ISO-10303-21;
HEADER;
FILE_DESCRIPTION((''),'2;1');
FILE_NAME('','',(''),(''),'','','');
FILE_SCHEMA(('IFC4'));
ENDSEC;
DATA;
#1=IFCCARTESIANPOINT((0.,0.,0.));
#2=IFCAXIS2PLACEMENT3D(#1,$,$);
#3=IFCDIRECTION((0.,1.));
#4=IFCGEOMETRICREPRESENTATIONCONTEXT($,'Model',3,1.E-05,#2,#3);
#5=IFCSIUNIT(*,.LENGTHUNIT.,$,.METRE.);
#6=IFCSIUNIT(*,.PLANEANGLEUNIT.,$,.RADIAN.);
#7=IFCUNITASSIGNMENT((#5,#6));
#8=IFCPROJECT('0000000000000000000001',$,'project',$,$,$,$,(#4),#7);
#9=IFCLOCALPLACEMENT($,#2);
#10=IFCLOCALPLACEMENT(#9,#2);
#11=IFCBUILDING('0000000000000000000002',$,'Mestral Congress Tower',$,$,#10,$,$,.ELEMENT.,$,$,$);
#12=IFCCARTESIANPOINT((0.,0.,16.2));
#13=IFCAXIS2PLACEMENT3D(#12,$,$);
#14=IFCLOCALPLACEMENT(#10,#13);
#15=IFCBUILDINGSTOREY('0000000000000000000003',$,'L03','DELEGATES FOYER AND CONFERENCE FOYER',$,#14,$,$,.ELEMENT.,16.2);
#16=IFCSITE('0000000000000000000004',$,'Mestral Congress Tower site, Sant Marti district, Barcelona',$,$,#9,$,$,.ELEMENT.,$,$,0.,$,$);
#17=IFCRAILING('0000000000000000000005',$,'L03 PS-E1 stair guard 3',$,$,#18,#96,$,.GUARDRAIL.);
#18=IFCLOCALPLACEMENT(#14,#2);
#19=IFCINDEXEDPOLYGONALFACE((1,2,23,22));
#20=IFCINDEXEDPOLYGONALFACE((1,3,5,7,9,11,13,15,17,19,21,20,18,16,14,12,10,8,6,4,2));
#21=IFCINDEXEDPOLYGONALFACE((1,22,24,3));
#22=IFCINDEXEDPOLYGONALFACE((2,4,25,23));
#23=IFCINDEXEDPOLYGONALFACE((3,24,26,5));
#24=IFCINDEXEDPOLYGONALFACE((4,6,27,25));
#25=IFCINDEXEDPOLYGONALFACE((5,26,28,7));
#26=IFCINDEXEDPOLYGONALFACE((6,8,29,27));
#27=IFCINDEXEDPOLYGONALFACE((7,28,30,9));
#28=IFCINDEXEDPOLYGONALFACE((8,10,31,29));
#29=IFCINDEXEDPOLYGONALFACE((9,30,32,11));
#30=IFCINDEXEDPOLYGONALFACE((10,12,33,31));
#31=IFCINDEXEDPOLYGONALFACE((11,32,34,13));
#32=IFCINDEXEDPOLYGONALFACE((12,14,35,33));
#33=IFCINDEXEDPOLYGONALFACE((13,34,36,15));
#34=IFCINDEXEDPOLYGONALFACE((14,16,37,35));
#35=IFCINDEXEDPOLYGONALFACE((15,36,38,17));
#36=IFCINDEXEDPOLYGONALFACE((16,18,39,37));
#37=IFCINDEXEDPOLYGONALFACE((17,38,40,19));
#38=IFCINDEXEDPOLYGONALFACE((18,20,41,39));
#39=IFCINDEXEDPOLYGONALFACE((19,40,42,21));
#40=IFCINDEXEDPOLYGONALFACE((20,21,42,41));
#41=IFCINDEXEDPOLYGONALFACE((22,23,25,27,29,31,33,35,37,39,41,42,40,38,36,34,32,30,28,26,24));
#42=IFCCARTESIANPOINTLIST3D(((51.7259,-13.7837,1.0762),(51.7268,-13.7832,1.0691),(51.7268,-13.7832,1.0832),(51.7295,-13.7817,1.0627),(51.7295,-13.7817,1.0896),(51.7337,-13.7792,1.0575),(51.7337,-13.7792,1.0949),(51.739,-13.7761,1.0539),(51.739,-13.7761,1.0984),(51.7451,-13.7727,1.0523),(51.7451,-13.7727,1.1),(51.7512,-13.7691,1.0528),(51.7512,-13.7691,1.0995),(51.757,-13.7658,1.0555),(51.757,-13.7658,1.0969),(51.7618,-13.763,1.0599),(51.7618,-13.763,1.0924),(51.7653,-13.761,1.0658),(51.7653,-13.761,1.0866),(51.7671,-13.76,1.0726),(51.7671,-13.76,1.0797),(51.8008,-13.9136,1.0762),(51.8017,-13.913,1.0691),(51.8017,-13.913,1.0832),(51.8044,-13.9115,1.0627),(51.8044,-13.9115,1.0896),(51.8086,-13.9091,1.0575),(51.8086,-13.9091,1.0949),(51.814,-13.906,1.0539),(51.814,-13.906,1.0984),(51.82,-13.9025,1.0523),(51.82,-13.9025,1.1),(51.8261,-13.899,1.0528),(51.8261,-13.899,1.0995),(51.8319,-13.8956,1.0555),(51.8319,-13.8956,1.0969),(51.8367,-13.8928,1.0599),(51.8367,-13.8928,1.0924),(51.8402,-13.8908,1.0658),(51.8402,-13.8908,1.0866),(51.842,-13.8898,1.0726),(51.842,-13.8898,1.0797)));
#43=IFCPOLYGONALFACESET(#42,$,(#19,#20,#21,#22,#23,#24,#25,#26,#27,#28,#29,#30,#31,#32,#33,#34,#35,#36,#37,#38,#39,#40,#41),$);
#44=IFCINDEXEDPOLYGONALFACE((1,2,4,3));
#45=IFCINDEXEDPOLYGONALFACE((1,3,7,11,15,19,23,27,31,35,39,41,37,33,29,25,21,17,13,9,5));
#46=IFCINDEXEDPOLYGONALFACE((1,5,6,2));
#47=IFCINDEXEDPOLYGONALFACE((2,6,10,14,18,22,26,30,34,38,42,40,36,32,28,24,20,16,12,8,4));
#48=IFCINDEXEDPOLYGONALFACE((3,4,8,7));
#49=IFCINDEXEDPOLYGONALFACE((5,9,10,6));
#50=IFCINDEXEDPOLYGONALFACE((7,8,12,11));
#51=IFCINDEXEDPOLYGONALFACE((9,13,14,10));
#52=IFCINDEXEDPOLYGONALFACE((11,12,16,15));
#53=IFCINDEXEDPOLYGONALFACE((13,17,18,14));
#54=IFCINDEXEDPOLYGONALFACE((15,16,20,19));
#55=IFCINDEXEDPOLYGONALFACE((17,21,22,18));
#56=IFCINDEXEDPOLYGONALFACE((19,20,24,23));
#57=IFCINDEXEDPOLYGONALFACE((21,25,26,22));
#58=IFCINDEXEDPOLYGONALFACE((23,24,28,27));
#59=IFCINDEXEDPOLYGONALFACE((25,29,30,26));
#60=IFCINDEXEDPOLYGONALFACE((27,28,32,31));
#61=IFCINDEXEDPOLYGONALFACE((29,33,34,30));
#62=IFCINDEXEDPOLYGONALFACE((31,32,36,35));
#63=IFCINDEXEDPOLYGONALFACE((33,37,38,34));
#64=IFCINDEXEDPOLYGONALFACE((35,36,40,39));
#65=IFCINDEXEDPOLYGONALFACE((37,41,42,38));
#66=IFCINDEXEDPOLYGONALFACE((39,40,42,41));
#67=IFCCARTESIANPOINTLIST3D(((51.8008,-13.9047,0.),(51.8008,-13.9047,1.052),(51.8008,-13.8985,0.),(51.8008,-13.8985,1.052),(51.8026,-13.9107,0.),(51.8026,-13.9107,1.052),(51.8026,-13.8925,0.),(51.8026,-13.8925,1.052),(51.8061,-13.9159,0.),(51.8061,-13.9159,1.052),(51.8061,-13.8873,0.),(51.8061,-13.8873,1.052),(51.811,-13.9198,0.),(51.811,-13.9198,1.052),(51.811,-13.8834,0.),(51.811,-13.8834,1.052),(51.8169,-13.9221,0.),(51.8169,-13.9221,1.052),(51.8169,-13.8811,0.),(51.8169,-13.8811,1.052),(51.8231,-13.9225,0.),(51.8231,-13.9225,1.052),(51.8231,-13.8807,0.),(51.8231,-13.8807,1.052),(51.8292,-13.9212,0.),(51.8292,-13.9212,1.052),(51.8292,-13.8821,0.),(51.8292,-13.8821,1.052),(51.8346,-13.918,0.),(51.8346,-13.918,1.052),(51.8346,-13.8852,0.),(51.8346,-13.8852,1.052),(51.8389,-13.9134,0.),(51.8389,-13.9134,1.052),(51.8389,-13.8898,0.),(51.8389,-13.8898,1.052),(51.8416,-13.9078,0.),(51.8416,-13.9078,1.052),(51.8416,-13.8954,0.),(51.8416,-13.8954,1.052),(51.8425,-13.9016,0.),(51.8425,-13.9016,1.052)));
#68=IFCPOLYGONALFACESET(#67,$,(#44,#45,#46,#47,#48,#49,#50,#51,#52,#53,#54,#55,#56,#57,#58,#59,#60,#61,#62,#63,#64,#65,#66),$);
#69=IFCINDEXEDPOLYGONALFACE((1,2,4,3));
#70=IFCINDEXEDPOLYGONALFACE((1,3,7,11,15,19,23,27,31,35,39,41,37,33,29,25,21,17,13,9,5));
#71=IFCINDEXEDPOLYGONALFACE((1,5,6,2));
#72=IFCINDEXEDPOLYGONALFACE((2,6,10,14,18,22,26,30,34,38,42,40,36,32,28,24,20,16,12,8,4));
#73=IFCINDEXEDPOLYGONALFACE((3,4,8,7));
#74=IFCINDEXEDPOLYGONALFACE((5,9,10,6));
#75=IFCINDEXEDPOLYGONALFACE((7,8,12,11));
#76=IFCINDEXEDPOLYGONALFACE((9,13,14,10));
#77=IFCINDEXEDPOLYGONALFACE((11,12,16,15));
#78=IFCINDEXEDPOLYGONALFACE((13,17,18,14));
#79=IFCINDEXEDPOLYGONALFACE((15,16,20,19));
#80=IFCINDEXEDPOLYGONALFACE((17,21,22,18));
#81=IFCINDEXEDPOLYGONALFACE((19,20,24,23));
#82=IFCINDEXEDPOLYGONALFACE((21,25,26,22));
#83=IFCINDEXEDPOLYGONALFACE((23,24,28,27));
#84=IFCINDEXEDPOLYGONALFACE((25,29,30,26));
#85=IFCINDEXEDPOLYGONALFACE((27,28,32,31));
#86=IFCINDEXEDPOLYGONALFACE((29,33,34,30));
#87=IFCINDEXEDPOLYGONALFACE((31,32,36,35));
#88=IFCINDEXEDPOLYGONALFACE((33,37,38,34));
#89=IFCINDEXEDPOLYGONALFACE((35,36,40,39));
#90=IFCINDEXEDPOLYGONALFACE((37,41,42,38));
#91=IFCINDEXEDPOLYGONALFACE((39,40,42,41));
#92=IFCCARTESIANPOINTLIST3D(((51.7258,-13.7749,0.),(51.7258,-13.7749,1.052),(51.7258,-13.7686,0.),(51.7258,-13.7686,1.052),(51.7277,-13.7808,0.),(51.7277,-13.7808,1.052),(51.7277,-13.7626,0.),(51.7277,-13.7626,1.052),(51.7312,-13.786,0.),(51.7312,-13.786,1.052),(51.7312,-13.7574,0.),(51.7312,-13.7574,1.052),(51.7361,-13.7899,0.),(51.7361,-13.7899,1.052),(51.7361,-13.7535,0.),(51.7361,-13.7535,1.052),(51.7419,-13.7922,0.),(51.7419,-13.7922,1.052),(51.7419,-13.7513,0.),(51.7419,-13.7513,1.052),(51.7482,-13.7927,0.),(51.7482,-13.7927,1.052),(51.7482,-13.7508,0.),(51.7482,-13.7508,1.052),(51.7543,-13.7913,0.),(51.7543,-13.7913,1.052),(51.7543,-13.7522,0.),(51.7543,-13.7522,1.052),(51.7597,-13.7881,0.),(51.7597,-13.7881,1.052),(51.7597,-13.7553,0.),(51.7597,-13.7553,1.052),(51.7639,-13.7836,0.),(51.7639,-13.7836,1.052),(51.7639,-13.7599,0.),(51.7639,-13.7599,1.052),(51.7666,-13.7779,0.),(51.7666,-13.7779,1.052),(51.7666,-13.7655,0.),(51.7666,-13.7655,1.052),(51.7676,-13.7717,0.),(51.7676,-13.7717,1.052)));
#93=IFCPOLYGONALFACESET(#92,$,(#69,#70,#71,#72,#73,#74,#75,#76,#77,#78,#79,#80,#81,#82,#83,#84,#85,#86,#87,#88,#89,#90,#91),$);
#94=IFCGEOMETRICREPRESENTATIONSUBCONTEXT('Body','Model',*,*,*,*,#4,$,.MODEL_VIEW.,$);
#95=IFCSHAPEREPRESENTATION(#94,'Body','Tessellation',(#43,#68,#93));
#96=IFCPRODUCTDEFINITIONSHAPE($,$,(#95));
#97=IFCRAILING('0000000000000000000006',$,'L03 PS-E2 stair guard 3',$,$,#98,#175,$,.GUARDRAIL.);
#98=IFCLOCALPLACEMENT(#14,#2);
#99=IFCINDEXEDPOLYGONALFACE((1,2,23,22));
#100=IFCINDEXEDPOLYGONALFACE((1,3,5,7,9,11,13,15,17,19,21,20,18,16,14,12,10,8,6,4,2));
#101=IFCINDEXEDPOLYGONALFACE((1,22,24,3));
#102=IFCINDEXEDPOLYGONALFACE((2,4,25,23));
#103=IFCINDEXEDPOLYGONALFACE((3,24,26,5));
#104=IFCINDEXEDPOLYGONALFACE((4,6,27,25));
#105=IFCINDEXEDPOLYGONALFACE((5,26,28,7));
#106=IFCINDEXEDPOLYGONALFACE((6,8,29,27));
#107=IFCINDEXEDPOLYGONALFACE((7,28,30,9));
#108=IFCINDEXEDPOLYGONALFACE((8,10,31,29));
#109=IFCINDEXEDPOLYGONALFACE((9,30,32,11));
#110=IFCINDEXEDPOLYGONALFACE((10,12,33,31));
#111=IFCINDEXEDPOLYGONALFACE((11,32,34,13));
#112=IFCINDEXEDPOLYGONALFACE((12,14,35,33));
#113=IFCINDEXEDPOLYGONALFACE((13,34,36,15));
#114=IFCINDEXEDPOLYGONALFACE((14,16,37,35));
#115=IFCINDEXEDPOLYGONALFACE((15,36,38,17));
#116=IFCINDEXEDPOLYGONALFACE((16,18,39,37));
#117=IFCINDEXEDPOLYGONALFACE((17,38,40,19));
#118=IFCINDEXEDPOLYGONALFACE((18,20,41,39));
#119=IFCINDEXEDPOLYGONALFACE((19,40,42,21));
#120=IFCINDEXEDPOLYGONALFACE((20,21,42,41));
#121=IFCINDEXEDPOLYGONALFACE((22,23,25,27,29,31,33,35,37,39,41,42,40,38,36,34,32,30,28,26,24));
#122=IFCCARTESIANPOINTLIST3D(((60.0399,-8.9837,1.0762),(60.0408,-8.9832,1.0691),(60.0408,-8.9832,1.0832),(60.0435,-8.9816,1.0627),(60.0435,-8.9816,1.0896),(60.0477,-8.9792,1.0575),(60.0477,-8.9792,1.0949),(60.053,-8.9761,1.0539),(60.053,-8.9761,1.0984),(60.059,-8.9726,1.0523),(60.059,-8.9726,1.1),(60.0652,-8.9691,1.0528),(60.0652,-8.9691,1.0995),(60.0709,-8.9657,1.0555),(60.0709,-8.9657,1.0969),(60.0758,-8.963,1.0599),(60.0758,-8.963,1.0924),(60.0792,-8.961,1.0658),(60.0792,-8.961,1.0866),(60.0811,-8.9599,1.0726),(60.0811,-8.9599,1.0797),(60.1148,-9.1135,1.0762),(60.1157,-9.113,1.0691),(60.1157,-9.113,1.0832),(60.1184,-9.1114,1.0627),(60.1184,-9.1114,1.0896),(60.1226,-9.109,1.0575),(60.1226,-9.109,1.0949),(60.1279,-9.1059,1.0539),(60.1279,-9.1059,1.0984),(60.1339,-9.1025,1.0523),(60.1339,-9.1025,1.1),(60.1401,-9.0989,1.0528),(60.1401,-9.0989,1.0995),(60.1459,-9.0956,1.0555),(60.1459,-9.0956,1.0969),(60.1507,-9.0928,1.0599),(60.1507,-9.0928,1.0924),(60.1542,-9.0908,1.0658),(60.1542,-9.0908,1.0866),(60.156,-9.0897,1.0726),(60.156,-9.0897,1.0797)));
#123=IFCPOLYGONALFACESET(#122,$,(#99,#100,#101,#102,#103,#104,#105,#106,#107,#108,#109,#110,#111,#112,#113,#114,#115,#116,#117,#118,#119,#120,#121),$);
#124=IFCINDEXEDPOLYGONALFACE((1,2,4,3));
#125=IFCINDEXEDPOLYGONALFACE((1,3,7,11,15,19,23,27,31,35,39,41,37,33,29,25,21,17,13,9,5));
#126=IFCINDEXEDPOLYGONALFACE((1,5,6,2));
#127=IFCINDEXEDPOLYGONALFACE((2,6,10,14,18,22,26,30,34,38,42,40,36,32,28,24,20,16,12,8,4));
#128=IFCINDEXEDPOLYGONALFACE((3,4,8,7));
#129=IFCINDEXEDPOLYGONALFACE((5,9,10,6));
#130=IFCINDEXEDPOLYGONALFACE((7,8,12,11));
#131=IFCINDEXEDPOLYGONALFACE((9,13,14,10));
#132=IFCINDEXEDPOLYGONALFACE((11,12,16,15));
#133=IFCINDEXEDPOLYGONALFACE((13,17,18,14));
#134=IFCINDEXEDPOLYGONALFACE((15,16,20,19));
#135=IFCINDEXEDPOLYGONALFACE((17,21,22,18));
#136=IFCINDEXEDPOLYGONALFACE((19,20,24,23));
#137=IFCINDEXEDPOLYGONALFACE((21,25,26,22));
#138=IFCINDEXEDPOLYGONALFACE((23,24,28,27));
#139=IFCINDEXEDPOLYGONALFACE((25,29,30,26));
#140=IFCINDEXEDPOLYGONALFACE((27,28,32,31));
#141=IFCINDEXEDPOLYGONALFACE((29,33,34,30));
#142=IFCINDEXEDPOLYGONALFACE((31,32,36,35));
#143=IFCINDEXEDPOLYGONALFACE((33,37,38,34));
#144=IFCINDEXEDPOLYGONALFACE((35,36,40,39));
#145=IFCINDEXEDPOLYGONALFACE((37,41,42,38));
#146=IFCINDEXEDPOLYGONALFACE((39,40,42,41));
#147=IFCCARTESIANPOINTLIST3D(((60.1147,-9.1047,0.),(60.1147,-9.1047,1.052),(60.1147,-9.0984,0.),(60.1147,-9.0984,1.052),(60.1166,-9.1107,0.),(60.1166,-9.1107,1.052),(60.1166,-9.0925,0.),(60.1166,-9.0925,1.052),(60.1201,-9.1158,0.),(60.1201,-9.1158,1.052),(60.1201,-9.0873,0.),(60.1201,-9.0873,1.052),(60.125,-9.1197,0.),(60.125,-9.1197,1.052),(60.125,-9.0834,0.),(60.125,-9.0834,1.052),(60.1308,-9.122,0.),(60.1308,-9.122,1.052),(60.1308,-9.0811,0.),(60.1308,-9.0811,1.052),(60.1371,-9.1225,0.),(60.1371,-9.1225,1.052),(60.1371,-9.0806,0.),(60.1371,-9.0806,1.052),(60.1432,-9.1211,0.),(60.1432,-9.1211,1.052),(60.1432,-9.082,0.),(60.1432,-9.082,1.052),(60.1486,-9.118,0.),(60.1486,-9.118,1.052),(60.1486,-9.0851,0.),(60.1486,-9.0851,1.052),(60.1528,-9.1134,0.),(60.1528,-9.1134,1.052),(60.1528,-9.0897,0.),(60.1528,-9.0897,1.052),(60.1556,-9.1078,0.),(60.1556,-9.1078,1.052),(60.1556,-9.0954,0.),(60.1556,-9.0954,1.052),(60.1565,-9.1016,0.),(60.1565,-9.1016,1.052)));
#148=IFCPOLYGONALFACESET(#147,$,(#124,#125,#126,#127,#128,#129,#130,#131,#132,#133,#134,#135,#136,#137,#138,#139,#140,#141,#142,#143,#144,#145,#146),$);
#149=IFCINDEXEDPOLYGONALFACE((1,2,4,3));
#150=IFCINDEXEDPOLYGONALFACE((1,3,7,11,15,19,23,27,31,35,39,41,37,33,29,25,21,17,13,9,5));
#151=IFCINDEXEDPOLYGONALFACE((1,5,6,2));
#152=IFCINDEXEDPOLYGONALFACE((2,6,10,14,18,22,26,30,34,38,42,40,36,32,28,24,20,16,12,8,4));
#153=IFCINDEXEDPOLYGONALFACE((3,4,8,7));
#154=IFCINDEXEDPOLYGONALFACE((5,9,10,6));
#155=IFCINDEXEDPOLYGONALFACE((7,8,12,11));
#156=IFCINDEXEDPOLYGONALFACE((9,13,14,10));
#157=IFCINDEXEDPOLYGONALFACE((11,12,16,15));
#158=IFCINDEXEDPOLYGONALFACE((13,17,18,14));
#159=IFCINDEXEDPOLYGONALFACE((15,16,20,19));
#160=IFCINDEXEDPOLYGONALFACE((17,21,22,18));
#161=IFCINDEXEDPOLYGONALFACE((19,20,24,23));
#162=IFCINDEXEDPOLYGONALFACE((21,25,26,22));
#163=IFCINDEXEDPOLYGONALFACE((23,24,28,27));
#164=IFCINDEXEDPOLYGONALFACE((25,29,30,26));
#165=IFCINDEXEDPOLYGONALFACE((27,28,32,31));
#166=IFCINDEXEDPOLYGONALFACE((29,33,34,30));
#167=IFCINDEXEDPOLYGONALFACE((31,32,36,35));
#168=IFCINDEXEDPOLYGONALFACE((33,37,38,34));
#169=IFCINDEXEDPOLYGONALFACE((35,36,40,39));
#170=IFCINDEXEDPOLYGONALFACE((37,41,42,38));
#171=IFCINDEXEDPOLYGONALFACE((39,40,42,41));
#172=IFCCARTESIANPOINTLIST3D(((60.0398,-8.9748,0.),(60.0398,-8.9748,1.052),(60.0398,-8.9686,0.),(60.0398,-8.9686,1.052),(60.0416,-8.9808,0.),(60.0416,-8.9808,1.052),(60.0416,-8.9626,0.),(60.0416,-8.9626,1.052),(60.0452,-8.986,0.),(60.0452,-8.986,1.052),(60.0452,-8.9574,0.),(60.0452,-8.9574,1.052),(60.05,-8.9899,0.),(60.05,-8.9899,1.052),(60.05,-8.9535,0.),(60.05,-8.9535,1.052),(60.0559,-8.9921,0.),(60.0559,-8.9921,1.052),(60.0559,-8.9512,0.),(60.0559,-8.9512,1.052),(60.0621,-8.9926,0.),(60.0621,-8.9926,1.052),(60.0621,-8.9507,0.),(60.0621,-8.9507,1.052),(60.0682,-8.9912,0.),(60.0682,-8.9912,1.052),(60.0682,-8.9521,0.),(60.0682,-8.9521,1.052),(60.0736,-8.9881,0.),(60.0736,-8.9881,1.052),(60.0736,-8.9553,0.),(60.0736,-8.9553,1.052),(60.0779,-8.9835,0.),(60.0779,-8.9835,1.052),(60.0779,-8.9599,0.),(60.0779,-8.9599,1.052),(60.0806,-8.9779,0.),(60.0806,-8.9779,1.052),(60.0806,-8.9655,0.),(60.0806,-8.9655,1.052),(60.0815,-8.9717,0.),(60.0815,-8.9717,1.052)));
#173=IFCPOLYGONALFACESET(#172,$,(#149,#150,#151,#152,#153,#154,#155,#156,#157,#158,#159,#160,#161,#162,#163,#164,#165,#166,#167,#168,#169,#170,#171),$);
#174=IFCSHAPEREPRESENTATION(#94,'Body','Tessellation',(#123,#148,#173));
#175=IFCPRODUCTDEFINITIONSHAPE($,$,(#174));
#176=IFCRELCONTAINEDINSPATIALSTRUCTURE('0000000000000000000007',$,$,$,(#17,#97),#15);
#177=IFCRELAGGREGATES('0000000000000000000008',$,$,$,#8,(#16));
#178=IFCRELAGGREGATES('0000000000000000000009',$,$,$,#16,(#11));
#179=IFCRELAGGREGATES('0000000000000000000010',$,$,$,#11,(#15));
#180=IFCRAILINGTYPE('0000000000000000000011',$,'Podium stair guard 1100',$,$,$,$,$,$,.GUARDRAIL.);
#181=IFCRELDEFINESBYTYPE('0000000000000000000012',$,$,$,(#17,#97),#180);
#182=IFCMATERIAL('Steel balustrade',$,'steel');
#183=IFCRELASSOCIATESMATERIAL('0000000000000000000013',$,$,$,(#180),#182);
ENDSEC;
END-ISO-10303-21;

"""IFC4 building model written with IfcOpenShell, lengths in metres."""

from ifc_helpers import new_model, si_unit, direction, frame, origin, origin_2d, place, context, subcontext, project, spatial, circle, extrude, material, type_object, element, save


model = new_model("IFC4")

# Units and contexts
model_context = context("Model", 3, precision=1e-05, world=origin(), true_north=direction((0.0, 1.0)))
body_context = subcontext(model_context, "Body", "Model", "MODEL_VIEW")
ifc_project = project(units=[si_unit("LENGTHUNIT", "METRE"), si_unit("PLANEANGLEUNIT", "RADIAN")], contexts=[model_context])

# Site, building, storey
site_placement = place(None, origin())
site = spatial("IfcSite", under=ifc_project, at=site_placement, Name="Mestral Congress Tower site, Sant Marti district, Barcelona", CompositionType="ELEMENT", RefElevation=0.0)
building_placement = place(site_placement, origin())
building = spatial("IfcBuilding", under=site, at=building_placement, Name="Mestral Congress Tower", CompositionType="ELEMENT")
storey_placement = place(building_placement, frame((0.0, 0.0, 16.2)))
storey = spatial("IfcBuildingStorey", under=building, at=storey_placement, Name="L03", Description="DELEGATES FOYER AND CONFERENCE FOYER", CompositionType="ELEMENT", Elevation=16.2)

# Railings
ifc_material_1 = material(Name="Steel balustrade", Category="steel")
railing_type_1 = type_object("IfcRailingType", Name="Podium stair guard 1100", PredefinedType="GUARDRAIL", material=ifc_material_1)
railing_1_placement = place(storey_placement, frame((51.8215, -13.9016, 0.0)))
element("IfcRailing", 1, at=railing_1_placement, inside=storey, type_object=railing_type_1, Name="L03 PS-E1 stair guard 3", PredefinedType="GUARDRAIL", context=body_context, shape_type="SweptSolid", body=[
    extrude(circle(Radius=0.0239, at=origin_2d()), frame((0.0, 0.0, 1.0762), z_axis=(-0.499816, 0.866131, 0.0), x_axis=(-0.866131, -0.499816, 0.0)), (0.0, 0.0, 1.0), 0.1499),
    extrude(circle(Radius=0.021, at=origin_2d()), origin(), (0.0, 0.0, 1.0), 1.052),
    extrude(circle(Radius=0.021, at=origin_2d()), frame((-0.075, 0.1299, 0.0)), (0.0, 0.0, 1.0), 1.052),
])
railing_2_placement = place(storey_placement, frame((60.1355, -9.1016, 0.0)))
element("IfcRailing", 2, at=railing_2_placement, inside=storey, type_object=railing_type_1, Name="L03 PS-E2 stair guard 3", PredefinedType="GUARDRAIL", context=body_context, shape_type="SweptSolid", body=[
    extrude(circle(Radius=0.0239, at=origin_2d()), frame((0.0, 0.0, 1.0762), z_axis=(-0.499816, 0.866131, 0.0), x_axis=(-0.866131, -0.499816, 0.0)), (0.0, 0.0, 1.0), 0.1499),
    extrude(circle(Radius=0.021, at=origin_2d()), origin(), (0.0, 0.0, 1.0), 1.052),
    extrude(circle(Radius=0.021, at=origin_2d()), frame((-0.075, 0.1299, 0.0)), (0.0, 0.0, 1.0), 1.052),
])

save(model, "model.ifc")
